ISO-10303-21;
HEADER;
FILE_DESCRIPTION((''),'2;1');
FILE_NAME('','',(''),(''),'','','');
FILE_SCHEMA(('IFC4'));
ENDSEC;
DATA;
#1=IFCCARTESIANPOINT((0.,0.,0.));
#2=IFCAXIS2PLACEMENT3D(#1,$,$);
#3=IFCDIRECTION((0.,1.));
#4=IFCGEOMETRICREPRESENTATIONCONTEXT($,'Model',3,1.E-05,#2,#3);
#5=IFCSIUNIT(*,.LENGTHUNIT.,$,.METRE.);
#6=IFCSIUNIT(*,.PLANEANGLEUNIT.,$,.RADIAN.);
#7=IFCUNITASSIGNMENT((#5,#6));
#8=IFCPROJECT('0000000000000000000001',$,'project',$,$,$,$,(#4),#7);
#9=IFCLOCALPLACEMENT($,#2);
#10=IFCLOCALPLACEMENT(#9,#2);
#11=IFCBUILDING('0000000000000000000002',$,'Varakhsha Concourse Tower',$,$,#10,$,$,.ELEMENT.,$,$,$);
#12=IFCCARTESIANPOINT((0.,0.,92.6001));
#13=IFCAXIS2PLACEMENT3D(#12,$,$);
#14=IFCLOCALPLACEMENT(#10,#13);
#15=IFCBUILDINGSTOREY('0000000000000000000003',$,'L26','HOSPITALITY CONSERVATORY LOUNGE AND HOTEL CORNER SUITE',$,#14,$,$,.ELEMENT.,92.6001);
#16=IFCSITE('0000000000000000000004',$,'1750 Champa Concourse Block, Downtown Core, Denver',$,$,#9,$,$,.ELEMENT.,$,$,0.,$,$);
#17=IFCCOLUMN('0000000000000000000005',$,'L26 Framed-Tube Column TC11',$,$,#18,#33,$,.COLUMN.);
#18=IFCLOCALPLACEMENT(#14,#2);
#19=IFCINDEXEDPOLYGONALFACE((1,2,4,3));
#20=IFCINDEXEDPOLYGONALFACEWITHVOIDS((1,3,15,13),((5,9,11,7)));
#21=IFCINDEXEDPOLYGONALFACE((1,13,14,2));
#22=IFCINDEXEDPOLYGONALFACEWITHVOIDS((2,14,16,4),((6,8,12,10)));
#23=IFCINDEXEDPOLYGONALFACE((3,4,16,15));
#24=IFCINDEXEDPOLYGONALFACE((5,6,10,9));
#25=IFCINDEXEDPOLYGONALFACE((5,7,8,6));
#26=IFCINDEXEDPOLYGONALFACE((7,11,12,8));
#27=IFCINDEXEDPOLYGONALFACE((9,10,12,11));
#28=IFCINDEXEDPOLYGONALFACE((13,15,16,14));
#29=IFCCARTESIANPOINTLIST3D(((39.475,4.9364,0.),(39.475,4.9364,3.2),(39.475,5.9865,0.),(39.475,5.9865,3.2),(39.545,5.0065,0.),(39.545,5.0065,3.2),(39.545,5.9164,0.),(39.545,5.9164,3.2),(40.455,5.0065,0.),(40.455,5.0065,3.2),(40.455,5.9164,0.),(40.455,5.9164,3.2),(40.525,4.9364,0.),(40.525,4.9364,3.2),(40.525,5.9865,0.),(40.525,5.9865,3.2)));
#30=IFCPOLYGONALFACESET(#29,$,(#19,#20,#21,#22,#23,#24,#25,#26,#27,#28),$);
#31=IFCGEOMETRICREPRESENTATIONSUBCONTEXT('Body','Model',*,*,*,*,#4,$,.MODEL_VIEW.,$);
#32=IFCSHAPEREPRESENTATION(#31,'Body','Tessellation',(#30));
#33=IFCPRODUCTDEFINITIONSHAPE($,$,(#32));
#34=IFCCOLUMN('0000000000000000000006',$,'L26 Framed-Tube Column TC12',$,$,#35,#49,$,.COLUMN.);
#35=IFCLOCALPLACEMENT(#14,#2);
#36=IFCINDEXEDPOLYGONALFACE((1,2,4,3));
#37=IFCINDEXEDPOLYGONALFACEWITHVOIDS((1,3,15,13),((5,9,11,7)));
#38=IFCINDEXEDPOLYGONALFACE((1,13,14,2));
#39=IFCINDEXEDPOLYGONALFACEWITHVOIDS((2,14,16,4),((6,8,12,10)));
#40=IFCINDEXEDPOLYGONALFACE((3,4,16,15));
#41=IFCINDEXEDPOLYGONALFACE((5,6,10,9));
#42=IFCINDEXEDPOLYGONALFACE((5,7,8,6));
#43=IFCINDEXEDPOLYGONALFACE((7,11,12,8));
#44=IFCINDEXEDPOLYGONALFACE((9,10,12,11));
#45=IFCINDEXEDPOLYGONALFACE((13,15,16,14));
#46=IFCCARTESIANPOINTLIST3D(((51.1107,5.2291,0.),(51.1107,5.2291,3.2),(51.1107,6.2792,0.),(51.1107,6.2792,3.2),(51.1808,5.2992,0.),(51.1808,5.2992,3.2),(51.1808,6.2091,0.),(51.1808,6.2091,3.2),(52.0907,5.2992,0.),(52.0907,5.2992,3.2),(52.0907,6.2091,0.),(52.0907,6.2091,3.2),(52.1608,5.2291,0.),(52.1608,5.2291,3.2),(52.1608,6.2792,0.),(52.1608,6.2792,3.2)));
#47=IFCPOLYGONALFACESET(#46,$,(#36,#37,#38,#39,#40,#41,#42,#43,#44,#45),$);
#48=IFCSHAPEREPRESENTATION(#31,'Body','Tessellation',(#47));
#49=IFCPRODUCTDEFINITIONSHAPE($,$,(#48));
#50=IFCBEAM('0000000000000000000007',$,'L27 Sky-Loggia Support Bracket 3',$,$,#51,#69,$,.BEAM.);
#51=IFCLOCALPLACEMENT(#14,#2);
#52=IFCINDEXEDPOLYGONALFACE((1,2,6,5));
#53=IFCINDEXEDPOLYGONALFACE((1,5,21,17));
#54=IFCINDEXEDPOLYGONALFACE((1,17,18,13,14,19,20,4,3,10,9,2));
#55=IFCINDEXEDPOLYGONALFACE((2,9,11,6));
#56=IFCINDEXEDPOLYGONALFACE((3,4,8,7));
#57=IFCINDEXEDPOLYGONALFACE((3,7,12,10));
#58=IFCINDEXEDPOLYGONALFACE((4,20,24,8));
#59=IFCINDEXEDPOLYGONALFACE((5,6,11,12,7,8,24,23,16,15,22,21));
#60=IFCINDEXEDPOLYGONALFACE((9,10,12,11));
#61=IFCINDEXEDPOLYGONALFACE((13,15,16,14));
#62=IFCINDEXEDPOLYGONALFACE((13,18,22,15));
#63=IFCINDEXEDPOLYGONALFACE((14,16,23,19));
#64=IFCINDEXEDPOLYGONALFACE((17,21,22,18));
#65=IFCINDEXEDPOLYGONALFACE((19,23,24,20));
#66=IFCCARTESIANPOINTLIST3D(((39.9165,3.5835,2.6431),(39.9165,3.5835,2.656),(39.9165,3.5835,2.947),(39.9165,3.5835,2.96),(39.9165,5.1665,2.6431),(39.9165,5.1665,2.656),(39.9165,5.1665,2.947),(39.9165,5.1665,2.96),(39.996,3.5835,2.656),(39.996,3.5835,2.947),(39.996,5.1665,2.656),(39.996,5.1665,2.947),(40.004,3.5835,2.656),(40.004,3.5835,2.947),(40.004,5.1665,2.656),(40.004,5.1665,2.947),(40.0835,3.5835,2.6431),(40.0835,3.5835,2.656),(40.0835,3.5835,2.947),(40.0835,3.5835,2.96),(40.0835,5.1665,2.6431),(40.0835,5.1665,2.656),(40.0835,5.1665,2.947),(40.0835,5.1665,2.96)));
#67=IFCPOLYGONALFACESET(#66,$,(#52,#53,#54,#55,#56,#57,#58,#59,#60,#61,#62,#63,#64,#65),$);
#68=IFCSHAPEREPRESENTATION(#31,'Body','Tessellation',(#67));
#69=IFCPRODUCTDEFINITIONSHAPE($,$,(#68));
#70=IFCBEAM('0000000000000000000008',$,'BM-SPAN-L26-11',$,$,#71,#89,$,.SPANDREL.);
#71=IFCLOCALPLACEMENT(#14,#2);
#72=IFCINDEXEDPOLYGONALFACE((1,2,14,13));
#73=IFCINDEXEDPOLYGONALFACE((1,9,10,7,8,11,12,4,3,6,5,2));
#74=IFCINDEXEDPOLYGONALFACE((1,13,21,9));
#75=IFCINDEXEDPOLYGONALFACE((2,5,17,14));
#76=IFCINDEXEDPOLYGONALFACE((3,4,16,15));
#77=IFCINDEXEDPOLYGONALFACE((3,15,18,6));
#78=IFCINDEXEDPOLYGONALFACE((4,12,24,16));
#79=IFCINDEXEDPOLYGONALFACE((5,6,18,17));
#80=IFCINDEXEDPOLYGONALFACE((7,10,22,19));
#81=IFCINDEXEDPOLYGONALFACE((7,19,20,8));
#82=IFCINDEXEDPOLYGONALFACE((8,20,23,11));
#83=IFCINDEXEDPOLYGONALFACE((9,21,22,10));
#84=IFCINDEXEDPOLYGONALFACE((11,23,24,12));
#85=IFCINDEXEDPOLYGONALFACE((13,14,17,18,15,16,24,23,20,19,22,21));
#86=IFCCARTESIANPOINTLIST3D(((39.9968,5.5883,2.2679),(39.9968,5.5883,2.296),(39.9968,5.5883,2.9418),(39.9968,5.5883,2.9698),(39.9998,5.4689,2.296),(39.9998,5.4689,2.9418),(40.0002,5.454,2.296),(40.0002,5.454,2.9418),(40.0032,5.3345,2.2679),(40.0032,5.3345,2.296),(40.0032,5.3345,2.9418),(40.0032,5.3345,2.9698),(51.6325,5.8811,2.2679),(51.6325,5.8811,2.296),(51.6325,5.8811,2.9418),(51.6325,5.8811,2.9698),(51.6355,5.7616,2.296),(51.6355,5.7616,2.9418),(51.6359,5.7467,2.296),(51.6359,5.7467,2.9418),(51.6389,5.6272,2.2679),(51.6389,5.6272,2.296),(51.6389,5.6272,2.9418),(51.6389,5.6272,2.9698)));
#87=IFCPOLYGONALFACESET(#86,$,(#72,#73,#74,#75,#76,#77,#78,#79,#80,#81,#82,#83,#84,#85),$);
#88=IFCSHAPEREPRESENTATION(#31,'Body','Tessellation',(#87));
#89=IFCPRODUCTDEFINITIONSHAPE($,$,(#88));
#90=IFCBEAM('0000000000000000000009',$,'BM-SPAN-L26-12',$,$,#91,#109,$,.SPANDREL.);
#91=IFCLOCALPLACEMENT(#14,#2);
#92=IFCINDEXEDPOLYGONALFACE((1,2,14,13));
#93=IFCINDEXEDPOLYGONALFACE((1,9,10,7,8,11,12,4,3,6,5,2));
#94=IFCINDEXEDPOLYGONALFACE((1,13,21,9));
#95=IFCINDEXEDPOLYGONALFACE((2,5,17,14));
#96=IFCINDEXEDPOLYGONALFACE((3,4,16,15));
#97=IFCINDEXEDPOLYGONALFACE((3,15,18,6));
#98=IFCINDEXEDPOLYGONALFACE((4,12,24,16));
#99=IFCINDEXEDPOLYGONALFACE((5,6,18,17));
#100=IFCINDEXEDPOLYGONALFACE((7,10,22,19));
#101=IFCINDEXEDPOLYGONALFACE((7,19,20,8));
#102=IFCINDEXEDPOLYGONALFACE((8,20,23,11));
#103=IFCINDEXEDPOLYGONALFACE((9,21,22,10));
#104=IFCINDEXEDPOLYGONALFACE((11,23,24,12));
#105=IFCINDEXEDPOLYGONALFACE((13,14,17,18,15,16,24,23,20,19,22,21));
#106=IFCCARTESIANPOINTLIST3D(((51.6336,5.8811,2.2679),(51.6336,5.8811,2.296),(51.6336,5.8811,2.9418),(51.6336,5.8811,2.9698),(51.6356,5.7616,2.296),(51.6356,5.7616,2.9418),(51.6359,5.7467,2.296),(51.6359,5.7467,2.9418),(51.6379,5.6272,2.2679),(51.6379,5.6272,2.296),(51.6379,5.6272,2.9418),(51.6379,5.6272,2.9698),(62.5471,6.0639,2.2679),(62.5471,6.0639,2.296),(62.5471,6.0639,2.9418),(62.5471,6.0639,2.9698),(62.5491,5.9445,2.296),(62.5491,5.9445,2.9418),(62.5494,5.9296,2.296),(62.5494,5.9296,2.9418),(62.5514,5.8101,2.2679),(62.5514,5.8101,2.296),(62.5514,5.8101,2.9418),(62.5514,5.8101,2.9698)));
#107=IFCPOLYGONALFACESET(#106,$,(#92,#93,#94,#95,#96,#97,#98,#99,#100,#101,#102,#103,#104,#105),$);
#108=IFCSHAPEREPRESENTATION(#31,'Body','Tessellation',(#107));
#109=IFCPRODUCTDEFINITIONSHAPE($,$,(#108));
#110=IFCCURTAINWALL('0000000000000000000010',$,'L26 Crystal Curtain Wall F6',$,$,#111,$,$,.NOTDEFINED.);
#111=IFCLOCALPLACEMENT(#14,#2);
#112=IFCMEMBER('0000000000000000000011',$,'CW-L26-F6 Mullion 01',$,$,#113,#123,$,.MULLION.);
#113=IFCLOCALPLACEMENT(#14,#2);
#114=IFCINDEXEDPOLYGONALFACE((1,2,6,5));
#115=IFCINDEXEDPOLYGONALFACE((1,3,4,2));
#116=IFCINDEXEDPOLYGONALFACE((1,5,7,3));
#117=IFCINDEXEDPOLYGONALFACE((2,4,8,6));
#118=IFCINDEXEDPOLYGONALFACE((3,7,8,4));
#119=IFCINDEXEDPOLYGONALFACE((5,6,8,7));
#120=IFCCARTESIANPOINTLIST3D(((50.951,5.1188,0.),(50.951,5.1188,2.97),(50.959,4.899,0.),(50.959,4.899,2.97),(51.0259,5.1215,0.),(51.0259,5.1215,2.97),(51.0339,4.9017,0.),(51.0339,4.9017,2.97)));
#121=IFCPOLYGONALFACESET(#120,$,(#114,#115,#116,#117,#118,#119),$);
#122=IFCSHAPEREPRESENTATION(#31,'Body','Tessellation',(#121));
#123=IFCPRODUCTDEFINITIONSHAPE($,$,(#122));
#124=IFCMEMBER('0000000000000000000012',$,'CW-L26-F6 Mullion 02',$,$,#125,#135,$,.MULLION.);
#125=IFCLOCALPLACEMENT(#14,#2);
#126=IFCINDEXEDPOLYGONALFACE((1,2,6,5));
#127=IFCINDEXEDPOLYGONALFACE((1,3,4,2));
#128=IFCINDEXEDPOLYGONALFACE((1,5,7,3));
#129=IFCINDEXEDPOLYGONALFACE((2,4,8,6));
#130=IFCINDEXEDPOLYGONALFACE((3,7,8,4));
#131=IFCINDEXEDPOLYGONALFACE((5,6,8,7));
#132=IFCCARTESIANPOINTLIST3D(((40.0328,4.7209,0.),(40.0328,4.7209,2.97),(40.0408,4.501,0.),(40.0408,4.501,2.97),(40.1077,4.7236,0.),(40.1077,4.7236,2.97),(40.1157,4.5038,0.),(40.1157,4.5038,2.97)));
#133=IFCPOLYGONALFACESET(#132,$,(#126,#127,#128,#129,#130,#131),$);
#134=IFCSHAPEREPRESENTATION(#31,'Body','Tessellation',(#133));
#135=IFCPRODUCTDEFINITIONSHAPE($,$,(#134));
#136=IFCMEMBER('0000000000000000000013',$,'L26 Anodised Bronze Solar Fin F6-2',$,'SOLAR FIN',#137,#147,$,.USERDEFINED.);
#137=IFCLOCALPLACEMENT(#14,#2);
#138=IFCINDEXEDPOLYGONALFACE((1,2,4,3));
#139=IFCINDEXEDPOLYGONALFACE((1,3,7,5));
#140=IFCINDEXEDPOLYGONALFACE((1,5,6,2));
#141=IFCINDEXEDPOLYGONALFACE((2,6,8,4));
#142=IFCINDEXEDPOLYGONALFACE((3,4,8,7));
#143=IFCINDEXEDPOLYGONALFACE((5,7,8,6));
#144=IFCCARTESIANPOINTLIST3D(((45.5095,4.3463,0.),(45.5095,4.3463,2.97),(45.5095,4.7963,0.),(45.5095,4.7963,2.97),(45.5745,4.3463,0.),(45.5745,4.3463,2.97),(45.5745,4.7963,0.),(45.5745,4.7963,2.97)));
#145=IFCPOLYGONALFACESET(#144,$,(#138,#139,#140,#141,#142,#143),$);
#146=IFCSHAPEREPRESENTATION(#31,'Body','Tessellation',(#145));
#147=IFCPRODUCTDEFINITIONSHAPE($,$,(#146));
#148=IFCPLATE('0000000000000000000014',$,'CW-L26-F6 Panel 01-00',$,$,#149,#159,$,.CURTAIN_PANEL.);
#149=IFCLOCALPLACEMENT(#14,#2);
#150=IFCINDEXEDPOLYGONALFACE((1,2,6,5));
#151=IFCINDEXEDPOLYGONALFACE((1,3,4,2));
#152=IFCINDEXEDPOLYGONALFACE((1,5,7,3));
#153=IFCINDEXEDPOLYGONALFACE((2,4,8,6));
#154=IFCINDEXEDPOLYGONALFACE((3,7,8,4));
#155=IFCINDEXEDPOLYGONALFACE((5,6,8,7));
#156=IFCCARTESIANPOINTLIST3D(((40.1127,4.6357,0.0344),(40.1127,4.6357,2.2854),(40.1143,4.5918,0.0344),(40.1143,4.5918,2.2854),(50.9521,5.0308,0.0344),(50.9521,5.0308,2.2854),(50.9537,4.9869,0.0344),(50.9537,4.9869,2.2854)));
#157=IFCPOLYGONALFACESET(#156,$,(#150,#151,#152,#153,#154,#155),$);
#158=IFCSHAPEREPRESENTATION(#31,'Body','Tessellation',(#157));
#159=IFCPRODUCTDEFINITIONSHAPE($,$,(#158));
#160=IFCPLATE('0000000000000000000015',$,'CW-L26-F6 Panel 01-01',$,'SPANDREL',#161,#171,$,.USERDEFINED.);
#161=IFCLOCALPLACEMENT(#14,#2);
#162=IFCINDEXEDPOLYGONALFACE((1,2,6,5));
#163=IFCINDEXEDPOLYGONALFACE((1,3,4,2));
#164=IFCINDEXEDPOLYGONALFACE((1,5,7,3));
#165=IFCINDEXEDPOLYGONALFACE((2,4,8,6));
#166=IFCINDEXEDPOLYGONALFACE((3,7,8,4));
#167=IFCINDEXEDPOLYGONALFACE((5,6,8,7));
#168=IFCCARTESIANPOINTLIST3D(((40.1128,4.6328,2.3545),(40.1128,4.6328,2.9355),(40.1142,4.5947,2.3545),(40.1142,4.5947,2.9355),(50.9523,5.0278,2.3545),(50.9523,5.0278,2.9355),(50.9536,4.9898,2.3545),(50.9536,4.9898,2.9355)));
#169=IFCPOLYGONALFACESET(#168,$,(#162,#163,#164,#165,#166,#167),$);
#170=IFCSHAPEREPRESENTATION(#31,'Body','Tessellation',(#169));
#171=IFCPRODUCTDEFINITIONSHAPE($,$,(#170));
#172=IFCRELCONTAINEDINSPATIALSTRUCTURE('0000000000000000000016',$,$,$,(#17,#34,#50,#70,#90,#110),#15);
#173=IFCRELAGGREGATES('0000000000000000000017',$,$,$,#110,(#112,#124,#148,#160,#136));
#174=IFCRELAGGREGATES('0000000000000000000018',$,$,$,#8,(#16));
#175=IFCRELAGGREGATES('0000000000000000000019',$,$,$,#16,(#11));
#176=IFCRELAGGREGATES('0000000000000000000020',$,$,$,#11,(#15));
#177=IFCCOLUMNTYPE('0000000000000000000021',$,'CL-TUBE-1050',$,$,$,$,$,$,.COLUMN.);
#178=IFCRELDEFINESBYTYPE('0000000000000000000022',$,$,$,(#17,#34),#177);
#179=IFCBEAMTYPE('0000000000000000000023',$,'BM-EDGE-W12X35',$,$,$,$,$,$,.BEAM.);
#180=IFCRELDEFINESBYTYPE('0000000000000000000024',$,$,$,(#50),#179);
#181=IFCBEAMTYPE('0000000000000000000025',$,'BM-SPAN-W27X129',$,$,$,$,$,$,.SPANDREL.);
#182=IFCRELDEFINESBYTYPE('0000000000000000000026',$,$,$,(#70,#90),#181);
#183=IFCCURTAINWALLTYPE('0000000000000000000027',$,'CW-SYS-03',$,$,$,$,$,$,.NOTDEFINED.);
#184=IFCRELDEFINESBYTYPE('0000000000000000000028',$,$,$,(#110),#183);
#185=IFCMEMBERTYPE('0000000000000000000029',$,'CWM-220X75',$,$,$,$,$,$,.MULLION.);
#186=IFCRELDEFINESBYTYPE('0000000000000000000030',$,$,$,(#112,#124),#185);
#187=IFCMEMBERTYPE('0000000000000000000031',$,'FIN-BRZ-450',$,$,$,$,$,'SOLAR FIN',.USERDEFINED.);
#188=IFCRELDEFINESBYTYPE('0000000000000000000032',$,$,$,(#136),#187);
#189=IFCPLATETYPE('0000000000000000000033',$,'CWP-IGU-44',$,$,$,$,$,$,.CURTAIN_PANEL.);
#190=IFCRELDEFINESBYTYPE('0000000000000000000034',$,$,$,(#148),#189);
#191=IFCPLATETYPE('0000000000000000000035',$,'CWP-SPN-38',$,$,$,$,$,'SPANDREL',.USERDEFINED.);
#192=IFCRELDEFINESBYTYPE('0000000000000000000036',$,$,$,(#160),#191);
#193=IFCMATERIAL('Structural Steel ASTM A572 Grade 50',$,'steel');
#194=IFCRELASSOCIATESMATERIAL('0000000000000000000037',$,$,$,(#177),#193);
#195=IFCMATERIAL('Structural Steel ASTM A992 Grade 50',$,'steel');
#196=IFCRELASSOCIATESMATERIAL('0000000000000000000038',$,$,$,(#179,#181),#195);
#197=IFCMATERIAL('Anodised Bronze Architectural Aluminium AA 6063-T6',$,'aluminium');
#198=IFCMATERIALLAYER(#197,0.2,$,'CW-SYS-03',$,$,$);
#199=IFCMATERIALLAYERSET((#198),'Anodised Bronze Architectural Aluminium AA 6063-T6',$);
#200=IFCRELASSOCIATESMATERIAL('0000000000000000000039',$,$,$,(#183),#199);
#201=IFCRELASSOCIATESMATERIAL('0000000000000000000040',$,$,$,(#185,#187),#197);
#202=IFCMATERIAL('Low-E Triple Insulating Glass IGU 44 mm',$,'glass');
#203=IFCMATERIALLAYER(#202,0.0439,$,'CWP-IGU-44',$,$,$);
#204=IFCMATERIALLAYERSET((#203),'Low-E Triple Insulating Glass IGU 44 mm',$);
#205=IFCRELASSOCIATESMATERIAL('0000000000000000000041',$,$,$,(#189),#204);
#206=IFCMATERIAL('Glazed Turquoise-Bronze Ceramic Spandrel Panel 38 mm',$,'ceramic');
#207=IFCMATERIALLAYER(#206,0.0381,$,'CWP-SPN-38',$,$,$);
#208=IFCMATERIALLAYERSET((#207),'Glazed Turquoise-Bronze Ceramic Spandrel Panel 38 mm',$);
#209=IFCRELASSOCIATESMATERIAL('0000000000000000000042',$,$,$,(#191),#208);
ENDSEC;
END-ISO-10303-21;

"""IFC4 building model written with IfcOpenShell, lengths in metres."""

from ifc_helpers import new_model, si_unit, direction, frame, origin, origin_2d, place, context, subcontext, project, spatial, rectangle, hollow_rectangle, i_section, extrude, source, transform, mapped, material, layer, layer_set, material_profile, profile_set, type_object, type_shapes, element, aggregate, save


model = new_model("IFC4")

# Units and contexts
model_context = context("Model", 3, precision=1e-05, world=origin(), true_north=direction((0.0, 1.0)))
body_context = subcontext(model_context, "Body", "Model", "MODEL_VIEW")
ifc_project = project(units=[si_unit("LENGTHUNIT", "METRE"), si_unit("PLANEANGLEUNIT", "RADIAN")], contexts=[model_context])

# Site, building, storey
site_placement = place(None, origin())
site = spatial("IfcSite", under=ifc_project, at=site_placement, Name="1750 Champa Concourse Block, Downtown Core, Denver", CompositionType="ELEMENT", RefElevation=0.0)
building_placement = place(site_placement, origin())
building = spatial("IfcBuilding", under=site, at=building_placement, Name="Varakhsha Concourse Tower", CompositionType="ELEMENT")
storey_placement = place(building_placement, frame((0.0, 0.0, 92.6001)))
storey = spatial("IfcBuildingStorey", under=building, at=storey_placement, Name="L26", Description="HOSPITALITY CONSERVATORY LOUNGE AND HOTEL CORNER SUITE", CompositionType="ELEMENT", Elevation=92.6001)

# Columns
ifc_material_1 = material(Name="Structural Steel ASTM A572 Grade 50", Category="steel")
ifc_material_profile_1 = material_profile(ifc_material_1, hollow_rectangle(XDim=1.05, YDim=1.05, WallThickness=0.0701, at=origin_2d()), Name="BOX 1050x1050x70")
ifc_profile_set_1 = profile_set([ifc_material_profile_1], Name="Structural Steel ASTM A572 Grade 50")
column_type = type_object("IfcColumnType", Name="CL-TUBE-1050", PredefinedType="COLUMN", material=ifc_profile_set_1)
for number, where, z_axis, x_axis, name in (
    (1, (40.0, 5.4614, 0.0), (0.0, 0.0, 1.0), (1.0, 0.0, 0.0), "L26 Framed-Tube Column TC11"),
    (2, (51.6357, 5.7542, 0.0), (0.0, 0.0, 1.0), (1.0, 0.0, 0.0), "L26 Framed-Tube Column TC12"),
):
    element("IfcColumn", number, at=place(storey_placement, frame(where, z_axis=z_axis, x_axis=x_axis)), inside=storey, type_object=column_type, Name=name, PredefinedType="COLUMN", context=body_context, shape_type="SweptSolid", body=[
        extrude(hollow_rectangle(XDim=1.05, YDim=1.05, WallThickness=0.0701, at=origin_2d()), origin(), (0.0, 0.0, 1.0), 3.2),
    ])

# Beams
ifc_material_2 = material(Name="Structural Steel ASTM A992 Grade 50", Category="steel")
ifc_material_profile_2 = material_profile(ifc_material_2, i_section(OverallWidth=0.167, OverallDepth=0.3169, WebThickness=0.0081, FlangeThickness=0.0129, at=origin_2d()), Name="W12X35")
ifc_profile_set_2 = profile_set([ifc_material_profile_2], Name="Structural Steel ASTM A992 Grade 50")
beam_type_1 = type_object("IfcBeamType", Name="BM-EDGE-W12X35", PredefinedType="BEAM", material=ifc_profile_set_2)
beam_1_placement = place(storey_placement, frame((40.0, 5.1665, 2.8015), z_axis=(0.0, -1.0, 0.0), x_axis=(1.0, 0.0, 0.0)))
element("IfcBeam", 3, at=beam_1_placement, inside=storey, type_object=beam_type_1, Name="L27 Sky-Loggia Support Bracket 3", PredefinedType="BEAM", context=body_context, shape_type="SweptSolid", body=[
    extrude(i_section(OverallWidth=0.167, OverallDepth=0.3169, WebThickness=0.0081, FlangeThickness=0.0129, at=origin_2d()), origin(), (0.0, 0.0, 1.0), 1.583),
])
ifc_material_profile_3 = material_profile(ifc_material_2, i_section(OverallWidth=0.2539, OverallDepth=0.7019, WebThickness=0.0149, FlangeThickness=0.0281, at=origin_2d()), Name="W27X129")
ifc_profile_set_3 = profile_set([ifc_material_profile_3], Name="Structural Steel ASTM A992 Grade 50")
beam_type_2 = type_object("IfcBeamType", Name="BM-SPAN-W27X129", PredefinedType="SPANDREL", material=ifc_profile_set_3)
beam_2_placement = place(storey_placement, frame((40.0, 5.4614, 2.6189), z_axis=(0.999684, 0.025149, 0.0), x_axis=(-0.025149, 0.999684, 0.0)))
element("IfcBeam", 4, at=beam_2_placement, inside=storey, type_object=beam_type_2, Name="BM-SPAN-L26-11", PredefinedType="SPANDREL", context=body_context, shape_type="SweptSolid", body=[
    extrude(i_section(OverallWidth=0.2539, OverallDepth=0.7019, WebThickness=0.0149, FlangeThickness=0.0281, at=origin_2d()), origin(), (0.0, 0.0, 1.0), 11.6394),
])
beam_3_placement = place(storey_placement, frame((51.6357, 5.7542, 2.6189), z_axis=(0.99986, 0.016753, 0.0), x_axis=(-0.016753, 0.99986, 0.0)))
element("IfcBeam", 5, at=beam_3_placement, inside=storey, type_object=beam_type_2, Name="BM-SPAN-L26-12", PredefinedType="SPANDREL", context=body_context, shape_type="SweptSolid", body=[
    extrude(i_section(OverallWidth=0.2539, OverallDepth=0.7019, WebThickness=0.0149, FlangeThickness=0.0281, at=origin_2d()), origin(), (0.0, 0.0, 1.0), 10.915),
])

# Curtain wall, members, plates
ifc_material_3 = material(Name="Anodised Bronze Architectural Aluminium AA 6063-T6", Category="aluminium")
ifc_layer_1 = layer(ifc_material_3, 0.2, Name="CW-SYS-03")
ifc_layer_set_1 = layer_set([ifc_layer_1], Name="Anodised Bronze Architectural Aluminium AA 6063-T6")
curtain_wall_type = type_object("IfcCurtainWallType", Name="CW-SYS-03", PredefinedType="NOTDEFINED", material=ifc_layer_set_1)
curtain_wall_placement = place(storey_placement, origin())
curtain_wall = element("IfcCurtainWall", 6, at=curtain_wall_placement, inside=storey, type_object=curtain_wall_type, Name="L26 Crystal Curtain Wall F6", PredefinedType="NOTDEFINED")
ifc_material_profile_4 = material_profile(ifc_material_3, rectangle(XDim=0.075, YDim=0.22, at=origin_2d()), Name="CWM-220X75")
ifc_profile_set_4 = profile_set([ifc_material_profile_4], Name="Anodised Bronze Architectural Aluminium AA 6063-T6")
member_type_1 = type_object("IfcMemberType", Name="CWM-220X75", PredefinedType="MULLION", material=ifc_profile_set_4)
shared_shape_1 = source(origin(), body_context, "Body", "SweptSolid", [
    extrude(rectangle(XDim=0.075, YDim=0.22, at=origin_2d()), origin(), (0.0, 0.0, 1.0), 2.97),
])
type_shapes(member_type_1, [shared_shape_1])
member_1_placement = place(storey_placement, frame((50.9924, 5.0103, 0.0), z_axis=(0.0, 0.0, 1.0), x_axis=(-0.999336, -0.036424, 0.0)))
member_1 = element("IfcMember", 7, at=member_1_placement, type_object=member_type_1, Name="CW-L26-F6 Mullion 01", PredefinedType="MULLION", context=body_context, shape_type="MappedRepresentation", body=[
    mapped(shared_shape_1, transform((0.0, 0.0, 0.0), scale=1.0)),
])
member_2_placement = place(storey_placement, frame((40.0742, 4.6123, 0.0), z_axis=(0.0, 0.0, 1.0), x_axis=(-0.999336, -0.036424, 0.0)))
member_2 = element("IfcMember", 8, at=member_2_placement, type_object=member_type_1, Name="CW-L26-F6 Mullion 02", PredefinedType="MULLION", context=body_context, shape_type="MappedRepresentation", body=[
    mapped(shared_shape_1, transform((0.0, 0.0, 0.0), scale=1.0)),
])
ifc_material_profile_5 = material_profile(ifc_material_3, rectangle(XDim=0.0649, YDim=0.45, at=origin_2d()), Name="FIN-BRZ-450")
ifc_profile_set_5 = profile_set([ifc_material_profile_5], Name="Anodised Bronze Architectural Aluminium AA 6063-T6")
member_type_2 = type_object("IfcMemberType", Name="FIN-BRZ-450", ElementType="SOLAR FIN", PredefinedType="USERDEFINED", material=ifc_profile_set_5)
shared_shape_2 = source(origin(), body_context, "Body", "SweptSolid", [
    extrude(rectangle(XDim=0.0649, YDim=0.45, at=origin_2d()), origin(), (0.0, 0.0, 1.0), 2.97),
])
type_shapes(member_type_2, [shared_shape_2])
member_3_placement = place(storey_placement, frame((45.542, 4.5713, 0.0), z_axis=(0.0, 0.0, 1.0), x_axis=(1.0, 0.0, 0.0)))
member_3 = element("IfcMember", 9, at=member_3_placement, type_object=member_type_2, Name="L26 Anodised Bronze Solar Fin F6-2", ObjectType="SOLAR FIN", PredefinedType="USERDEFINED", context=body_context, shape_type="MappedRepresentation", body=[
    mapped(shared_shape_2, transform((0.0, 0.0, 0.0), scale=1.0)),
])
ifc_material_4 = material(Name="Low-E Triple Insulating Glass IGU 44 mm", Category="glass")
ifc_layer_2 = layer(ifc_material_4, 0.0439, Name="CWP-IGU-44")
ifc_layer_set_2 = layer_set([ifc_layer_2], Name="Low-E Triple Insulating Glass IGU 44 mm")
plate_type_1 = type_object("IfcPlateType", Name="CWP-IGU-44", PredefinedType="CURTAIN_PANEL", material=ifc_layer_set_2)
shared_shape_3 = source(origin(), body_context, "Body", "SweptSolid", [
    extrude(rectangle(XDim=10.8467, YDim=0.0439, at=origin_2d()), origin(), (0.0, 0.0, 1.0), 2.251),
])
type_shapes(plate_type_1, [shared_shape_3])
plate_1_placement = place(storey_placement, frame((45.5332, 4.8113, 0.0344), z_axis=(0.0, 0.0, 1.0), x_axis=(-0.999336, -0.036424, 0.0)))
plate_1 = element("IfcPlate", 10, at=plate_1_placement, type_object=plate_type_1, Name="CW-L26-F6 Panel 01-00", PredefinedType="CURTAIN_PANEL", context=body_context, shape_type="MappedRepresentation", body=[
    mapped(shared_shape_3, transform((0.0, 0.0, 0.0), scale=1.0)),
])
ifc_material_5 = material(Name="Glazed Turquoise-Bronze Ceramic Spandrel Panel 38 mm", Category="ceramic")
ifc_layer_3 = layer(ifc_material_5, 0.0381, Name="CWP-SPN-38")
ifc_layer_set_3 = layer_set([ifc_layer_3], Name="Glazed Turquoise-Bronze Ceramic Spandrel Panel 38 mm")
plate_type_2 = type_object("IfcPlateType", Name="CWP-SPN-38", ElementType="SPANDREL", PredefinedType="USERDEFINED", material=ifc_layer_set_3)
shared_shape_4 = source(origin(), body_context, "Body", "SweptSolid", [
    extrude(rectangle(XDim=10.8467, YDim=0.0381, at=origin_2d()), origin(), (0.0, 0.0, 1.0), 0.5811),
])
type_shapes(plate_type_2, [shared_shape_4])
plate_2_placement = place(storey_placement, frame((45.5332, 4.8113, 2.3545), z_axis=(0.0, 0.0, 1.0), x_axis=(-0.999336, -0.036424, 0.0)))
plate_2 = element("IfcPlate", 11, at=plate_2_placement, type_object=plate_type_2, Name="CW-L26-F6 Panel 01-01", ObjectType="SPANDREL", PredefinedType="USERDEFINED", context=body_context, shape_type="MappedRepresentation", body=[
    mapped(shared_shape_4, transform((0.0, 0.0, 0.0), scale=1.0)),
])
aggregate(curtain_wall, [member_1, member_2, plate_1, plate_2, member_3])

save(model, "model.ifc")
